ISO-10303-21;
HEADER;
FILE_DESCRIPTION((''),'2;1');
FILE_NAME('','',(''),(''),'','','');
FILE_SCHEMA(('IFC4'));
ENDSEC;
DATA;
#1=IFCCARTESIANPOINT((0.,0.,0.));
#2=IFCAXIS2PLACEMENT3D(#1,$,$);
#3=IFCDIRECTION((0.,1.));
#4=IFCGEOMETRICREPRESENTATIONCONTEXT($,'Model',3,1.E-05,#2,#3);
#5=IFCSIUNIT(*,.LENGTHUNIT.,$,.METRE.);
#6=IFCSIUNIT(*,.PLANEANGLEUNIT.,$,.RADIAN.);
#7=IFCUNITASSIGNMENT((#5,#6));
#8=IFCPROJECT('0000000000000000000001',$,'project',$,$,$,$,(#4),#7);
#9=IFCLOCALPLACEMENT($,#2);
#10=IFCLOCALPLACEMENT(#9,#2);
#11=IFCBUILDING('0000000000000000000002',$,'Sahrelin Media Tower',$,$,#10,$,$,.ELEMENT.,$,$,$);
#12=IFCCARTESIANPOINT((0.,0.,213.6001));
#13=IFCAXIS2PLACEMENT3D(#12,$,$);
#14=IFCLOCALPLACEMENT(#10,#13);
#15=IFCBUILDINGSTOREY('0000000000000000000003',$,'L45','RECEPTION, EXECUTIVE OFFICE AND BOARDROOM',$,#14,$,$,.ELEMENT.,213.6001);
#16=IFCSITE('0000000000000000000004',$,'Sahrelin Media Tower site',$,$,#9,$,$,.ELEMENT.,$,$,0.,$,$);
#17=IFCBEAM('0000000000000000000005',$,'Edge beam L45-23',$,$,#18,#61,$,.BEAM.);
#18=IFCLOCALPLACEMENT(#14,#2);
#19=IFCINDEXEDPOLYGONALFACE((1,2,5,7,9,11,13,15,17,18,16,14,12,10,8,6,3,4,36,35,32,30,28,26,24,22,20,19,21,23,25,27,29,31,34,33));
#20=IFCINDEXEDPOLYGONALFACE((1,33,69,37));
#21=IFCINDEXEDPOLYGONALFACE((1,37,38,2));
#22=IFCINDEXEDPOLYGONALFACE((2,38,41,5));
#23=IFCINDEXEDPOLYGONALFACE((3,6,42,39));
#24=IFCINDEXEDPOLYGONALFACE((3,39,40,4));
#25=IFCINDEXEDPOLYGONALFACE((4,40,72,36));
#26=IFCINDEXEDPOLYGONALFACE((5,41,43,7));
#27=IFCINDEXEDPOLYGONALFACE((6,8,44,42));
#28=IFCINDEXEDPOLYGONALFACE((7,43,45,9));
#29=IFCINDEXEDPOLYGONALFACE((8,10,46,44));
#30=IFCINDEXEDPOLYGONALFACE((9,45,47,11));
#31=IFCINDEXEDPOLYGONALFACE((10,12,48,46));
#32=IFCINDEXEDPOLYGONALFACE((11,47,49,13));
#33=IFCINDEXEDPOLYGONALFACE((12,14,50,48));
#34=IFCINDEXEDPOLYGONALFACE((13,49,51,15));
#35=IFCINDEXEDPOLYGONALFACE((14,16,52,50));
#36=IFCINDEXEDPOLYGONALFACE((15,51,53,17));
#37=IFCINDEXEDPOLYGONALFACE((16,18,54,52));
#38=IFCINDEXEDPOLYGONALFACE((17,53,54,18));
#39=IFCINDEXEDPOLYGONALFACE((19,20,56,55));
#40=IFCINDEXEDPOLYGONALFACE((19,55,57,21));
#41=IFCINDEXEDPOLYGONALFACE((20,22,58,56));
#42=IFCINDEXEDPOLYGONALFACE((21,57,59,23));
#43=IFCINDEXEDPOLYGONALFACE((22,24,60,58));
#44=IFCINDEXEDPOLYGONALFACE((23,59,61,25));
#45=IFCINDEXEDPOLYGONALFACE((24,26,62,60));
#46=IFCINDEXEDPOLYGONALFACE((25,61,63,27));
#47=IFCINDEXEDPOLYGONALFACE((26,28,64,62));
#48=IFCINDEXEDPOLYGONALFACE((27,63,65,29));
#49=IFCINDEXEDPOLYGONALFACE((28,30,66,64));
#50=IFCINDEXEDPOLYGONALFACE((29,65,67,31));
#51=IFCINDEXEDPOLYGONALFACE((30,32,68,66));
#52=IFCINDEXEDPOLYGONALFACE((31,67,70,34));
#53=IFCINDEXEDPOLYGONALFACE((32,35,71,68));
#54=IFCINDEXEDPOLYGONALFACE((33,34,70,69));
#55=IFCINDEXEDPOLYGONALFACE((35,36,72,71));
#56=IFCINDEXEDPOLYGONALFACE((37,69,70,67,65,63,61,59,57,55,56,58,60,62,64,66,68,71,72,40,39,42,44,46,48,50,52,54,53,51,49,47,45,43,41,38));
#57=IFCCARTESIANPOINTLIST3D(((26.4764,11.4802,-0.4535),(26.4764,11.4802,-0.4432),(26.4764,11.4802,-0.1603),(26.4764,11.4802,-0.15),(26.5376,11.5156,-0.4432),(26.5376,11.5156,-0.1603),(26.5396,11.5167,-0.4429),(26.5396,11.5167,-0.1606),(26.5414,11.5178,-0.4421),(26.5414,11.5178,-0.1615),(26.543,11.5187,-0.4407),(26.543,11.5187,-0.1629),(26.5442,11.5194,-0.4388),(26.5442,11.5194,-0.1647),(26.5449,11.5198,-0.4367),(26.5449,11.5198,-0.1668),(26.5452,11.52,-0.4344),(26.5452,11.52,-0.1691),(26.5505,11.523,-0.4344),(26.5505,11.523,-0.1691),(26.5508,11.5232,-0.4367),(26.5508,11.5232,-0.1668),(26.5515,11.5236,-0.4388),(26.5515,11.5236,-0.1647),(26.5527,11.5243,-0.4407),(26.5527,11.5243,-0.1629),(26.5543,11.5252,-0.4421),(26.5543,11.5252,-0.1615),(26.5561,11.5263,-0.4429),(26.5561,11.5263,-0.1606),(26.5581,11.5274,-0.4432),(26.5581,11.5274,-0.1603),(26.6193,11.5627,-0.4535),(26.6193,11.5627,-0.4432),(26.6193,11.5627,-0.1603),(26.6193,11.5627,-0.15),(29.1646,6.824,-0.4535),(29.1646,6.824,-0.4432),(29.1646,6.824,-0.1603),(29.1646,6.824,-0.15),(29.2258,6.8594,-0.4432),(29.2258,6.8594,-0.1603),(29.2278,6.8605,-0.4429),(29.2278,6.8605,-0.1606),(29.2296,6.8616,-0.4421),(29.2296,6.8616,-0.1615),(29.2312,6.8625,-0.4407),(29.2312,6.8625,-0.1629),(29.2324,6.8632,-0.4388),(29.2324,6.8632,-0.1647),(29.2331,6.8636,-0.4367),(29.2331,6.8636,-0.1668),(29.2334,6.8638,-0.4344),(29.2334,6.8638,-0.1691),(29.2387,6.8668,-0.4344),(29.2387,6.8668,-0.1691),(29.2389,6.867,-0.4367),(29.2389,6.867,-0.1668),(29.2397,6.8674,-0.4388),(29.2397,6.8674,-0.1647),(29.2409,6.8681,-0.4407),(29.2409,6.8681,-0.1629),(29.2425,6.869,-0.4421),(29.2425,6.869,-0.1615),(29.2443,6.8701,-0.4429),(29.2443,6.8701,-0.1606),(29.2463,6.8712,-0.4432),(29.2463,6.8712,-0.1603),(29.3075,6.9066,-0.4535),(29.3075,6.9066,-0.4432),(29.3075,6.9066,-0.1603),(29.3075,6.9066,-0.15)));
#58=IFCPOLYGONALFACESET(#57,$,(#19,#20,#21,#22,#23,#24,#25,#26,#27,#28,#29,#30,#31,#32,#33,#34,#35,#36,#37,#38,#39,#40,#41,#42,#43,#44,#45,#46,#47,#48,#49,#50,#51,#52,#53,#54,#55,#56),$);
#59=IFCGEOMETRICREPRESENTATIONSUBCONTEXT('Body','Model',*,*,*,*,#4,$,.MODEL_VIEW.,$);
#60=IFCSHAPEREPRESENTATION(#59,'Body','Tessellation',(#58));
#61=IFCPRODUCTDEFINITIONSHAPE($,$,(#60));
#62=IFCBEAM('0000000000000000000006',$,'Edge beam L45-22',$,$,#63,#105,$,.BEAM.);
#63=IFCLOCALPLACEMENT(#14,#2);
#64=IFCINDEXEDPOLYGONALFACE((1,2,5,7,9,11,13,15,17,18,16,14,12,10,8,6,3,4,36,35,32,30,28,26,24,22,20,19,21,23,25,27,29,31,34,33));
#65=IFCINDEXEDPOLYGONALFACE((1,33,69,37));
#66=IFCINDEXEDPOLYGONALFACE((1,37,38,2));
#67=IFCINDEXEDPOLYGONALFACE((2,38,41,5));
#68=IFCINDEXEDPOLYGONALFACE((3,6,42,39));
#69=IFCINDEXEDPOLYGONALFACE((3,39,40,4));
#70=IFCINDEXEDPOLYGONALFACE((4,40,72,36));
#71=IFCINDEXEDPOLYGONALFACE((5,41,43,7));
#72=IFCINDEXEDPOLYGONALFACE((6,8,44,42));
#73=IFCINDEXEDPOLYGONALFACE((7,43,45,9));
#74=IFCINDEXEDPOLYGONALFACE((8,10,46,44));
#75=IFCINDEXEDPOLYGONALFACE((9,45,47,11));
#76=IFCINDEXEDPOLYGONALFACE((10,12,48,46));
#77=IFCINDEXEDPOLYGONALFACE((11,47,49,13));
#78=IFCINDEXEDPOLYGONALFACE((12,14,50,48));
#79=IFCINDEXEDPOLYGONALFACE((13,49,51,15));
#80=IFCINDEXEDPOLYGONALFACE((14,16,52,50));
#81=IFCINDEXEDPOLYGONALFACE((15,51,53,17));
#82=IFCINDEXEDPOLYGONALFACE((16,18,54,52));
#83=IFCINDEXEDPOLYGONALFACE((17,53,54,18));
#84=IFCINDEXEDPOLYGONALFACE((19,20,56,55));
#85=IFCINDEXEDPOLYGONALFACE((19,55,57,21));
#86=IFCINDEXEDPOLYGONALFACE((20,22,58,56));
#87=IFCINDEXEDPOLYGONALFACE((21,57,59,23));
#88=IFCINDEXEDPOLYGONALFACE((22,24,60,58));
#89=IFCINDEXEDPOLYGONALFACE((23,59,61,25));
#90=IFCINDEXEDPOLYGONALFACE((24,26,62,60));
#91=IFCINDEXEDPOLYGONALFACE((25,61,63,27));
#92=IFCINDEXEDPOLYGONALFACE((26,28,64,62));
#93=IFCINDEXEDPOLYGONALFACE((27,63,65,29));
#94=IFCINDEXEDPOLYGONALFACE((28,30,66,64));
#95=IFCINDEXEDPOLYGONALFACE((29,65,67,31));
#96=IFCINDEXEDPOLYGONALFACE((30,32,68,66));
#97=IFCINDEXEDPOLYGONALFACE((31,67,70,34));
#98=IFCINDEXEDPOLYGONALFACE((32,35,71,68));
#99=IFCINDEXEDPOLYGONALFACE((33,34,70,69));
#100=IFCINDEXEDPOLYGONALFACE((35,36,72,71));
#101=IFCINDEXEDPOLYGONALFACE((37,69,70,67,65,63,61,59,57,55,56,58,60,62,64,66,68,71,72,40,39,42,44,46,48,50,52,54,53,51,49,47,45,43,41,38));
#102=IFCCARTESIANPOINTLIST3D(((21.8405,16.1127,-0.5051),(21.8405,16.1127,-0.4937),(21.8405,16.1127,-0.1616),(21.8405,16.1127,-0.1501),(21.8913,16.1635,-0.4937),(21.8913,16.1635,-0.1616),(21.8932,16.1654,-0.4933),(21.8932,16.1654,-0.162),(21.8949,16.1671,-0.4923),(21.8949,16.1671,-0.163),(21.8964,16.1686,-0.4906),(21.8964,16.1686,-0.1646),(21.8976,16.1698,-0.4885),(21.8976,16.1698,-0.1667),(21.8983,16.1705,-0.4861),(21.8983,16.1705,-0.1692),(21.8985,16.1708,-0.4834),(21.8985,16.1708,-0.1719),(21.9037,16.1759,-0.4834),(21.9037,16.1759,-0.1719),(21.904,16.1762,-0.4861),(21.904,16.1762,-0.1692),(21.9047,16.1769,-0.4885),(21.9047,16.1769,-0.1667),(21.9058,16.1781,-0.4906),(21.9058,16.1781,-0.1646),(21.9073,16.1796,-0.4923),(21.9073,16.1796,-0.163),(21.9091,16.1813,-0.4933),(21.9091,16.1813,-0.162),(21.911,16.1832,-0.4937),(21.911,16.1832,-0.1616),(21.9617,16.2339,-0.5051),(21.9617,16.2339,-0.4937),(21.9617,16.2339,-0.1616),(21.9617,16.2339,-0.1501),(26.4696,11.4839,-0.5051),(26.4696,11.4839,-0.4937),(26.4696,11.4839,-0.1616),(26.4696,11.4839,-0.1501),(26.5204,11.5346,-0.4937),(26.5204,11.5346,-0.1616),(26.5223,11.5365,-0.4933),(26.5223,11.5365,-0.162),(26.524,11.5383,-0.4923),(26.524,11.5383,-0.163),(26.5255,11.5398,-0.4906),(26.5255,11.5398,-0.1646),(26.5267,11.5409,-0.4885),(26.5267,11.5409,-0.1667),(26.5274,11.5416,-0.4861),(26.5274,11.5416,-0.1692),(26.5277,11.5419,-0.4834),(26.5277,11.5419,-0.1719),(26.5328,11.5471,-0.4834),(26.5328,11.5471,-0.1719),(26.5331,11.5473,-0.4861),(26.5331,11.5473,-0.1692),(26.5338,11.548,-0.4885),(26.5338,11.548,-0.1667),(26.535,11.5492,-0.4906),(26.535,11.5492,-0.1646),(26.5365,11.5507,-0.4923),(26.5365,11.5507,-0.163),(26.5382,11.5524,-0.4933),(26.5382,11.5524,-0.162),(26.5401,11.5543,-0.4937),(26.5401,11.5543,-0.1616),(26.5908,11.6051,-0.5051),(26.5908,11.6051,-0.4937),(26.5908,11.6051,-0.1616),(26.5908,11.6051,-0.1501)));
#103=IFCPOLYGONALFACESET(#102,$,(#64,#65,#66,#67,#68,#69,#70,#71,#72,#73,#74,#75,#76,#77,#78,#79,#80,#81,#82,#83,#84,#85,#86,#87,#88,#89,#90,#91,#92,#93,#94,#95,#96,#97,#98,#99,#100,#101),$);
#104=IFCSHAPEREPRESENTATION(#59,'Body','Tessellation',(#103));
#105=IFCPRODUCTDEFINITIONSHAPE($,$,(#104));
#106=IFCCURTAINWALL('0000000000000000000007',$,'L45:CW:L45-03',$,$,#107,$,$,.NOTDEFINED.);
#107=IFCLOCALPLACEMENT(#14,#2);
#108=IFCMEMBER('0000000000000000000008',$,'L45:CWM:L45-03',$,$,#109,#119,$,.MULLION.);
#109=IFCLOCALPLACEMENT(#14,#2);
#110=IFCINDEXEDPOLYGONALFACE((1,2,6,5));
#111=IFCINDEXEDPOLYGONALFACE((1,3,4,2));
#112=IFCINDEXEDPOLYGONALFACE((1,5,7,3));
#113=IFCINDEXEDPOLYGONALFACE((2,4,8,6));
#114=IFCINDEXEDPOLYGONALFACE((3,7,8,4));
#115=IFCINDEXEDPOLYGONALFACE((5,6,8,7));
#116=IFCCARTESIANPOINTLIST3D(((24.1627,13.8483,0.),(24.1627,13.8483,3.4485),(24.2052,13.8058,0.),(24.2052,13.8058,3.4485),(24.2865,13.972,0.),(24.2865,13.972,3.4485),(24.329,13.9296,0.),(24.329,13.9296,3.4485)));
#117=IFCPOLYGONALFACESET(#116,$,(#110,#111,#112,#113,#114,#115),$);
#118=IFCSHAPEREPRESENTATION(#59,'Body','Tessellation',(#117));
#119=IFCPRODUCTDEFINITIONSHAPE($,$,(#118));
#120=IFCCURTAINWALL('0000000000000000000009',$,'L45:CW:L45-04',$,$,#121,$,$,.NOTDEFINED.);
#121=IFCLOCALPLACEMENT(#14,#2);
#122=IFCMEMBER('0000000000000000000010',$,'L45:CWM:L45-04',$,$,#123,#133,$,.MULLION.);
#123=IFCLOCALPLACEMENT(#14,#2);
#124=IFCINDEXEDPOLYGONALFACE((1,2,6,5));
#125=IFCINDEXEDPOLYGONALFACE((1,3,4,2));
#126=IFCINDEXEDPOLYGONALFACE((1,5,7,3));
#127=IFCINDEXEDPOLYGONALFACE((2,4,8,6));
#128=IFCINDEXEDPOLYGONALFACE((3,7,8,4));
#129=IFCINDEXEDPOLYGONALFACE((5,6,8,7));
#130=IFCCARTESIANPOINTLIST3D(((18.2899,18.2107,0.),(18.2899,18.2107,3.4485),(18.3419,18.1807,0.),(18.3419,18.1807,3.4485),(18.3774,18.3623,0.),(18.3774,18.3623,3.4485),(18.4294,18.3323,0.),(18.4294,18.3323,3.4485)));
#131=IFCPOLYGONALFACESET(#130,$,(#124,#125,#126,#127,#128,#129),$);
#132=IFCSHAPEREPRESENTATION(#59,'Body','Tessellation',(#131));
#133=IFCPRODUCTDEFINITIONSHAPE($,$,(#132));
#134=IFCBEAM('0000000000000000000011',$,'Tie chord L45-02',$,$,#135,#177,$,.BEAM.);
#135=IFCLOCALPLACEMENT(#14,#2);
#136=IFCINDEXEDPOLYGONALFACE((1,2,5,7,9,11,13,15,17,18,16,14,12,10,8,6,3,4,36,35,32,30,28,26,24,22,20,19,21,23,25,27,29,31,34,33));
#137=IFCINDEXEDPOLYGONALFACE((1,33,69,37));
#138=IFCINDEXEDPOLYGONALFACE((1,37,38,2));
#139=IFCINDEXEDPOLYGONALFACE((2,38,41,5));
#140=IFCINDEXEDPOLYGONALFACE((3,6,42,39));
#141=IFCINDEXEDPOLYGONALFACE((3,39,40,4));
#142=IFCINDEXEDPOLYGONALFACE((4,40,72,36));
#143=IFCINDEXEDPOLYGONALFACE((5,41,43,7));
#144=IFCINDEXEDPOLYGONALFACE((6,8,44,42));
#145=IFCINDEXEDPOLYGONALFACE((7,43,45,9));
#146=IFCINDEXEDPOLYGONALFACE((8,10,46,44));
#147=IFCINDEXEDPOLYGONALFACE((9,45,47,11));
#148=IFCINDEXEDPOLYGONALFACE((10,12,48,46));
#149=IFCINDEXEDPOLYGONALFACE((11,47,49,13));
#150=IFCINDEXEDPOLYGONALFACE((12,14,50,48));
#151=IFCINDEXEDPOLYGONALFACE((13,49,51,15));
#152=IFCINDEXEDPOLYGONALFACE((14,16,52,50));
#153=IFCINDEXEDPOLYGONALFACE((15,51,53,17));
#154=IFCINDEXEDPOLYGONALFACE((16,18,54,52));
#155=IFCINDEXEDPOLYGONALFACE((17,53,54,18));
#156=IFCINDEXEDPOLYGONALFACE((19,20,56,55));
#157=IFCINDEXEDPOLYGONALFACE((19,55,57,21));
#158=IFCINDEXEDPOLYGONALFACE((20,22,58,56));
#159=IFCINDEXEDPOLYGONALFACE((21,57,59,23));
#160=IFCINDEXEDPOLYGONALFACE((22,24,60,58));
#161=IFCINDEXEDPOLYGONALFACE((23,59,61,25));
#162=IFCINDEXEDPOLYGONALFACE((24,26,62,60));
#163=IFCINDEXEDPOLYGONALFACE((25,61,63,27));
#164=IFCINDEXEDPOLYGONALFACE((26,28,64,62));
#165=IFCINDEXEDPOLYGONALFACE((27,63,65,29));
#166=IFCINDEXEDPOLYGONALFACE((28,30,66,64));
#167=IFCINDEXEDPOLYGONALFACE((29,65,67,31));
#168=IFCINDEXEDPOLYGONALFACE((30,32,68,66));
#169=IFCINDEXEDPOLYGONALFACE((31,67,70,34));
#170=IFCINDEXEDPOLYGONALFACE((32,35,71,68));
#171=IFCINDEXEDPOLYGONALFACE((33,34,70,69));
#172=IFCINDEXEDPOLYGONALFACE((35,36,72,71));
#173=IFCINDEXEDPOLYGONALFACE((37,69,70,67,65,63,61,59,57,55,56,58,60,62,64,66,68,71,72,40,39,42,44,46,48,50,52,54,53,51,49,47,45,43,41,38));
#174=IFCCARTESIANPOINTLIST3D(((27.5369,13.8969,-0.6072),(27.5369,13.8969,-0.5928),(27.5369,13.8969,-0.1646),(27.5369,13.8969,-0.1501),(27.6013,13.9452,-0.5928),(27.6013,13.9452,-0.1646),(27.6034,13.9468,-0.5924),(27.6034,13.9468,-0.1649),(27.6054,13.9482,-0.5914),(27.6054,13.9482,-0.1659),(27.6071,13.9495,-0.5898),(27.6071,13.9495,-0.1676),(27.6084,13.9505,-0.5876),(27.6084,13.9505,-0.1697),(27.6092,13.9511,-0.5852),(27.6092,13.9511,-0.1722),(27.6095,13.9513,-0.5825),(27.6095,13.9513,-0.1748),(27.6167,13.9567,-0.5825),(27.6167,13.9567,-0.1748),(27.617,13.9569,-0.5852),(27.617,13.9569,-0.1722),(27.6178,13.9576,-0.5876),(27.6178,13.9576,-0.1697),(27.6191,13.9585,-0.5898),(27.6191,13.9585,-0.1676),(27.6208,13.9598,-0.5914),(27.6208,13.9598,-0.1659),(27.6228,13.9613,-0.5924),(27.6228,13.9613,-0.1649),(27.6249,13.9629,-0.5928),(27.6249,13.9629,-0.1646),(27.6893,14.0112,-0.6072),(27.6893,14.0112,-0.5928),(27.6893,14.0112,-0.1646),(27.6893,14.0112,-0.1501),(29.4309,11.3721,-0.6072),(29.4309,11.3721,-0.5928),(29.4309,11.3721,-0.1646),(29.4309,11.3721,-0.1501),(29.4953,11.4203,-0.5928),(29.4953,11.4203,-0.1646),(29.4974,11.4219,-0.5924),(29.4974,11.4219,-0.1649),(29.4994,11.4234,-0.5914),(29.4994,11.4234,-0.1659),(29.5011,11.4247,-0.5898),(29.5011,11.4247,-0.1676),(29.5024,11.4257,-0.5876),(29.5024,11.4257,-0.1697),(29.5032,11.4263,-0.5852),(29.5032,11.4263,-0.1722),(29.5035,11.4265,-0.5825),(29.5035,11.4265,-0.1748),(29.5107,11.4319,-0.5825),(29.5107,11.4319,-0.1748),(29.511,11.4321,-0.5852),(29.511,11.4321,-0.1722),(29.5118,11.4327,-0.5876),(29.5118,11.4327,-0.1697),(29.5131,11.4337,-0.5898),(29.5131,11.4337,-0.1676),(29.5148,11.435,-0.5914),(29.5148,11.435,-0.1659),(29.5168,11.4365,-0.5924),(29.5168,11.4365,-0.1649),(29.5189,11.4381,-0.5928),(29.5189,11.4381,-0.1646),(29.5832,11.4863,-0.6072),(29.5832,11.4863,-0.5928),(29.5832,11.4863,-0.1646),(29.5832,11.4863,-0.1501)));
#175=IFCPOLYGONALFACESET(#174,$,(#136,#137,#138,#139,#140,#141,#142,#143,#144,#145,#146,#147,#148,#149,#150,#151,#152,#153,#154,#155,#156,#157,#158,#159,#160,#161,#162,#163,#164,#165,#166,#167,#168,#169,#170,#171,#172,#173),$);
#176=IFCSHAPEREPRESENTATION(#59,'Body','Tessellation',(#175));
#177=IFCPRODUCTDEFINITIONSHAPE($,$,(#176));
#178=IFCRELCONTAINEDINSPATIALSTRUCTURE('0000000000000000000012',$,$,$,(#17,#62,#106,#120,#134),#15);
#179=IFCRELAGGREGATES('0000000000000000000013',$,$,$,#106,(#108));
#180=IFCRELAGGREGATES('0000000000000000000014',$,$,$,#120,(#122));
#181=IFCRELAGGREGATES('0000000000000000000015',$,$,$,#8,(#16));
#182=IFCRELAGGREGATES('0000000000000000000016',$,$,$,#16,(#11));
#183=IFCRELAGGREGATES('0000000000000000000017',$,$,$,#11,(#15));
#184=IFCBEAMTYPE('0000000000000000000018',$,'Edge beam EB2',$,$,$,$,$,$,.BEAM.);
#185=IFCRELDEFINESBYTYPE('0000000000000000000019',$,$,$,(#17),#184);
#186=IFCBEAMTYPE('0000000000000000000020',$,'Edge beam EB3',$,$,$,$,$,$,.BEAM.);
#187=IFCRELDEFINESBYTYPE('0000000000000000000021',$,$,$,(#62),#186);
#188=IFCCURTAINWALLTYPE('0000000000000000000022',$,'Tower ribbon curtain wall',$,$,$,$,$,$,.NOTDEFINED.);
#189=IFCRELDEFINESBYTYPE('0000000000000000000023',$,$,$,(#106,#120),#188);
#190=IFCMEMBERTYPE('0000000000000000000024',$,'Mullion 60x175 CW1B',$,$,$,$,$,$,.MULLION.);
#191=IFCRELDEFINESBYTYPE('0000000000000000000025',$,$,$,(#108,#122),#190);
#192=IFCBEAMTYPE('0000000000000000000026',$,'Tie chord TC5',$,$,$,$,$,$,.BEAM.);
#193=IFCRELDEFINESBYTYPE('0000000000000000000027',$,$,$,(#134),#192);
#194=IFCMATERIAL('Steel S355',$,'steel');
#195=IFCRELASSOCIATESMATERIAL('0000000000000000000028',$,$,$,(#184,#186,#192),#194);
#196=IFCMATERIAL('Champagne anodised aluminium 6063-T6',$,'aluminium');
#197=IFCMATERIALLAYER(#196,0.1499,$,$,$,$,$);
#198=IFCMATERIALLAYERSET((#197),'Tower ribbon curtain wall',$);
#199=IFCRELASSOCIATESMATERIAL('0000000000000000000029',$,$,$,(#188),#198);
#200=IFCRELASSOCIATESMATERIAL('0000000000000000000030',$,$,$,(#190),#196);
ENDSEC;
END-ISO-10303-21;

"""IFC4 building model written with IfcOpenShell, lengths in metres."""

from ifc_helpers import new_model, si_unit, direction, frame, origin, origin_2d, place, context, subcontext, project, spatial, rectangle, i_section, extrude, material, layer, layer_set, material_profile, profile_set, type_object, element, aggregate, save


model = new_model("IFC4")

# Units and contexts
model_context = context("Model", 3, precision=1e-05, world=origin(), true_north=direction((0.0, 1.0)))
body_context = subcontext(model_context, "Body", "Model", "MODEL_VIEW")
ifc_project = project(units=[si_unit("LENGTHUNIT", "METRE"), si_unit("PLANEANGLEUNIT", "RADIAN")], contexts=[model_context])

# Site, building, storey
site_placement = place(None, origin())
site = spatial("IfcSite", under=ifc_project, at=site_placement, Name="Sahrelin Media Tower site", CompositionType="ELEMENT", RefElevation=0.0)
building_placement = place(site_placement, origin())
building = spatial("IfcBuilding", under=site, at=building_placement, Name="Sahrelin Media Tower", CompositionType="ELEMENT")
storey_placement = place(building_placement, frame((0.0, 0.0, 213.6001)))
storey = spatial("IfcBuildingStorey", under=building, at=storey_placement, Name="L45", Description="RECEPTION, EXECUTIVE OFFICE AND BOARDROOM", CompositionType="ELEMENT", Elevation=213.6001)

# Beams
ifc_material_1 = material(Name="Steel S355", Category="steel")
ifc_material_profile_1 = material_profile(ifc_material_1, i_section(OverallWidth=0.165, OverallDepth=0.3035, WebThickness=0.0061, FlangeThickness=0.0103, FilletRadius=0.0088, at=origin_2d()), Name="UB 305x165x40")
ifc_profile_set_1 = profile_set([ifc_material_profile_1], Name="Steel S355")
beam_type_1 = type_object("IfcBeamType", Name="Edge beam EB2", PredefinedType="BEAM", material=ifc_profile_set_1)
beam_1_placement = place(storey_placement, frame((26.5479, 11.5215, -0.3018), z_axis=(0.499992, -0.86603, 0.0), x_axis=(0.86603, 0.499992, 0.0)))
element("IfcBeam", 1, at=beam_1_placement, inside=storey, type_object=beam_type_1, Name="Edge beam L45-23", PredefinedType="BEAM", context=body_context, shape_type="SweptSolid", body=[
    extrude(i_section(OverallWidth=0.165, OverallDepth=0.3035, WebThickness=0.0061, FlangeThickness=0.0103, FilletRadius=0.0088, at=origin_2d()), origin(), (0.0, 0.0, 1.0), 5.3765),
])
ifc_material_profile_2 = material_profile(ifc_material_1, i_section(OverallWidth=0.1714, OverallDepth=0.355, WebThickness=0.0073, FlangeThickness=0.0115, FilletRadius=0.0103, at=origin_2d()), Name="UB 356x171x51")
ifc_profile_set_2 = profile_set([ifc_material_profile_2], Name="Steel S355")
beam_type_2 = type_object("IfcBeamType", Name="Edge beam EB3", PredefinedType="BEAM", material=ifc_profile_set_2)
beam_2_placement = place(storey_placement, frame((21.9011, 16.1733, -0.3276), z_axis=(0.707125, -0.707088, 0.0), x_axis=(0.707088, 0.707125, 0.0)))
element("IfcBeam", 2, at=beam_2_placement, inside=storey, type_object=beam_type_2, Name="Edge beam L45-22", PredefinedType="BEAM", context=body_context, shape_type="SweptSolid", body=[
    extrude(i_section(OverallWidth=0.1714, OverallDepth=0.355, WebThickness=0.0073, FlangeThickness=0.0115, FilletRadius=0.0103, at=origin_2d()), origin(), (0.0, 0.0, 1.0), 6.5464),
])

# Curtain walls, members
ifc_material_2 = material(Name="Champagne anodised aluminium 6063-T6", Category="aluminium")
ifc_layer_1 = layer(ifc_material_2, 0.1499)
ifc_layer_set_1 = layer_set([ifc_layer_1], Name="Tower ribbon curtain wall")
curtain_wall_type = type_object("IfcCurtainWallType", Name="Tower ribbon curtain wall", PredefinedType="NOTDEFINED", material=ifc_layer_set_1)
curtain_wall_1_placement = place(storey_placement, frame((24.3218, 13.9648, 0.0), z_axis=(0.0, 0.0, 1.0), x_axis=(1.0, 0.0, 0.0)))
curtain_wall_1 = element("IfcCurtainWall", 3, at=curtain_wall_1_placement, inside=storey, type_object=curtain_wall_type, Name="L45:CW:L45-03", PredefinedType="NOTDEFINED")
ifc_material_profile_3 = material_profile(ifc_material_2, rectangle(XDim=0.0601, YDim=0.175, at=origin_2d()), Name="Mullion 60x175")
ifc_profile_set_3 = profile_set([ifc_material_profile_3], Name="Champagne anodised aluminium 6063-T6")
member_type_1 = type_object("IfcMemberType", Name="Mullion 60x175 CW1B", PredefinedType="MULLION", material=ifc_profile_set_3)
member_1_placement = place(storey_placement, frame((24.2458, 13.8889, 0.0), z_axis=(0.0, 0.0, 1.0), x_axis=(-0.707114, 0.707099, 0.0)))
member_1 = element("IfcMember", 4, at=member_1_placement, type_object=member_type_1, Name="L45:CWM:L45-03", PredefinedType="MULLION", context=body_context, shape_type="SweptSolid", body=[
    extrude(rectangle(XDim=0.0601, YDim=0.175, at=origin_2d()), origin(), (0.0, 0.0, 1.0), 3.4485),
])
curtain_wall_2_placement = place(storey_placement, frame((18.4133, 18.3645, 0.0), z_axis=(0.0, 0.0, 1.0), x_axis=(1.0, 0.0, 0.0)))
curtain_wall_2 = element("IfcCurtainWall", 5, at=curtain_wall_2_placement, inside=storey, type_object=curtain_wall_type, Name="L45:CW:L45-04", PredefinedType="NOTDEFINED")
member_2_placement = place(storey_placement, frame((18.3596, 18.2715, 0.0), z_axis=(0.0, 0.0, 1.0), x_axis=(-0.866025, 0.500002, 0.0)))
member_2 = element("IfcMember", 6, at=member_2_placement, type_object=member_type_1, Name="L45:CWM:L45-04", PredefinedType="MULLION", context=body_context, shape_type="SweptSolid", body=[
    extrude(rectangle(XDim=0.0601, YDim=0.175, at=origin_2d()), origin(), (0.0, 0.0, 1.0), 3.4485),
])

# Beam
ifc_material_profile_4 = material_profile(ifc_material_1, i_section(OverallWidth=0.1904, OverallDepth=0.457, WebThickness=0.009, FlangeThickness=0.0144, FilletRadius=0.0103, at=origin_2d()), Name="UB 457x191x74")
ifc_profile_set_4 = profile_set([ifc_material_profile_4], Name="Steel S355")
beam_type_3 = type_object("IfcBeamType", Name="Tie chord TC5", PredefinedType="BEAM", material=ifc_profile_set_4)
beam_3_placement = place(storey_placement, frame((29.5071, 11.4292, -0.3787), z_axis=(-0.600074, 0.799944, 0.0), x_axis=(-0.799944, -0.600074, 0.0)))
element("IfcBeam", 7, at=beam_3_placement, inside=storey, type_object=beam_type_3, Name="Tie chord L45-02", PredefinedType="BEAM", context=body_context, shape_type="SweptSolid", body=[
    extrude(i_section(OverallWidth=0.1904, OverallDepth=0.457, WebThickness=0.009, FlangeThickness=0.0144, FilletRadius=0.0103, at=origin_2d()), origin(), (0.0, 0.0, 1.0), 3.1562),
])

aggregate(curtain_wall_1, [member_1])
aggregate(curtain_wall_2, [member_2])

save(model, "model.ifc")
